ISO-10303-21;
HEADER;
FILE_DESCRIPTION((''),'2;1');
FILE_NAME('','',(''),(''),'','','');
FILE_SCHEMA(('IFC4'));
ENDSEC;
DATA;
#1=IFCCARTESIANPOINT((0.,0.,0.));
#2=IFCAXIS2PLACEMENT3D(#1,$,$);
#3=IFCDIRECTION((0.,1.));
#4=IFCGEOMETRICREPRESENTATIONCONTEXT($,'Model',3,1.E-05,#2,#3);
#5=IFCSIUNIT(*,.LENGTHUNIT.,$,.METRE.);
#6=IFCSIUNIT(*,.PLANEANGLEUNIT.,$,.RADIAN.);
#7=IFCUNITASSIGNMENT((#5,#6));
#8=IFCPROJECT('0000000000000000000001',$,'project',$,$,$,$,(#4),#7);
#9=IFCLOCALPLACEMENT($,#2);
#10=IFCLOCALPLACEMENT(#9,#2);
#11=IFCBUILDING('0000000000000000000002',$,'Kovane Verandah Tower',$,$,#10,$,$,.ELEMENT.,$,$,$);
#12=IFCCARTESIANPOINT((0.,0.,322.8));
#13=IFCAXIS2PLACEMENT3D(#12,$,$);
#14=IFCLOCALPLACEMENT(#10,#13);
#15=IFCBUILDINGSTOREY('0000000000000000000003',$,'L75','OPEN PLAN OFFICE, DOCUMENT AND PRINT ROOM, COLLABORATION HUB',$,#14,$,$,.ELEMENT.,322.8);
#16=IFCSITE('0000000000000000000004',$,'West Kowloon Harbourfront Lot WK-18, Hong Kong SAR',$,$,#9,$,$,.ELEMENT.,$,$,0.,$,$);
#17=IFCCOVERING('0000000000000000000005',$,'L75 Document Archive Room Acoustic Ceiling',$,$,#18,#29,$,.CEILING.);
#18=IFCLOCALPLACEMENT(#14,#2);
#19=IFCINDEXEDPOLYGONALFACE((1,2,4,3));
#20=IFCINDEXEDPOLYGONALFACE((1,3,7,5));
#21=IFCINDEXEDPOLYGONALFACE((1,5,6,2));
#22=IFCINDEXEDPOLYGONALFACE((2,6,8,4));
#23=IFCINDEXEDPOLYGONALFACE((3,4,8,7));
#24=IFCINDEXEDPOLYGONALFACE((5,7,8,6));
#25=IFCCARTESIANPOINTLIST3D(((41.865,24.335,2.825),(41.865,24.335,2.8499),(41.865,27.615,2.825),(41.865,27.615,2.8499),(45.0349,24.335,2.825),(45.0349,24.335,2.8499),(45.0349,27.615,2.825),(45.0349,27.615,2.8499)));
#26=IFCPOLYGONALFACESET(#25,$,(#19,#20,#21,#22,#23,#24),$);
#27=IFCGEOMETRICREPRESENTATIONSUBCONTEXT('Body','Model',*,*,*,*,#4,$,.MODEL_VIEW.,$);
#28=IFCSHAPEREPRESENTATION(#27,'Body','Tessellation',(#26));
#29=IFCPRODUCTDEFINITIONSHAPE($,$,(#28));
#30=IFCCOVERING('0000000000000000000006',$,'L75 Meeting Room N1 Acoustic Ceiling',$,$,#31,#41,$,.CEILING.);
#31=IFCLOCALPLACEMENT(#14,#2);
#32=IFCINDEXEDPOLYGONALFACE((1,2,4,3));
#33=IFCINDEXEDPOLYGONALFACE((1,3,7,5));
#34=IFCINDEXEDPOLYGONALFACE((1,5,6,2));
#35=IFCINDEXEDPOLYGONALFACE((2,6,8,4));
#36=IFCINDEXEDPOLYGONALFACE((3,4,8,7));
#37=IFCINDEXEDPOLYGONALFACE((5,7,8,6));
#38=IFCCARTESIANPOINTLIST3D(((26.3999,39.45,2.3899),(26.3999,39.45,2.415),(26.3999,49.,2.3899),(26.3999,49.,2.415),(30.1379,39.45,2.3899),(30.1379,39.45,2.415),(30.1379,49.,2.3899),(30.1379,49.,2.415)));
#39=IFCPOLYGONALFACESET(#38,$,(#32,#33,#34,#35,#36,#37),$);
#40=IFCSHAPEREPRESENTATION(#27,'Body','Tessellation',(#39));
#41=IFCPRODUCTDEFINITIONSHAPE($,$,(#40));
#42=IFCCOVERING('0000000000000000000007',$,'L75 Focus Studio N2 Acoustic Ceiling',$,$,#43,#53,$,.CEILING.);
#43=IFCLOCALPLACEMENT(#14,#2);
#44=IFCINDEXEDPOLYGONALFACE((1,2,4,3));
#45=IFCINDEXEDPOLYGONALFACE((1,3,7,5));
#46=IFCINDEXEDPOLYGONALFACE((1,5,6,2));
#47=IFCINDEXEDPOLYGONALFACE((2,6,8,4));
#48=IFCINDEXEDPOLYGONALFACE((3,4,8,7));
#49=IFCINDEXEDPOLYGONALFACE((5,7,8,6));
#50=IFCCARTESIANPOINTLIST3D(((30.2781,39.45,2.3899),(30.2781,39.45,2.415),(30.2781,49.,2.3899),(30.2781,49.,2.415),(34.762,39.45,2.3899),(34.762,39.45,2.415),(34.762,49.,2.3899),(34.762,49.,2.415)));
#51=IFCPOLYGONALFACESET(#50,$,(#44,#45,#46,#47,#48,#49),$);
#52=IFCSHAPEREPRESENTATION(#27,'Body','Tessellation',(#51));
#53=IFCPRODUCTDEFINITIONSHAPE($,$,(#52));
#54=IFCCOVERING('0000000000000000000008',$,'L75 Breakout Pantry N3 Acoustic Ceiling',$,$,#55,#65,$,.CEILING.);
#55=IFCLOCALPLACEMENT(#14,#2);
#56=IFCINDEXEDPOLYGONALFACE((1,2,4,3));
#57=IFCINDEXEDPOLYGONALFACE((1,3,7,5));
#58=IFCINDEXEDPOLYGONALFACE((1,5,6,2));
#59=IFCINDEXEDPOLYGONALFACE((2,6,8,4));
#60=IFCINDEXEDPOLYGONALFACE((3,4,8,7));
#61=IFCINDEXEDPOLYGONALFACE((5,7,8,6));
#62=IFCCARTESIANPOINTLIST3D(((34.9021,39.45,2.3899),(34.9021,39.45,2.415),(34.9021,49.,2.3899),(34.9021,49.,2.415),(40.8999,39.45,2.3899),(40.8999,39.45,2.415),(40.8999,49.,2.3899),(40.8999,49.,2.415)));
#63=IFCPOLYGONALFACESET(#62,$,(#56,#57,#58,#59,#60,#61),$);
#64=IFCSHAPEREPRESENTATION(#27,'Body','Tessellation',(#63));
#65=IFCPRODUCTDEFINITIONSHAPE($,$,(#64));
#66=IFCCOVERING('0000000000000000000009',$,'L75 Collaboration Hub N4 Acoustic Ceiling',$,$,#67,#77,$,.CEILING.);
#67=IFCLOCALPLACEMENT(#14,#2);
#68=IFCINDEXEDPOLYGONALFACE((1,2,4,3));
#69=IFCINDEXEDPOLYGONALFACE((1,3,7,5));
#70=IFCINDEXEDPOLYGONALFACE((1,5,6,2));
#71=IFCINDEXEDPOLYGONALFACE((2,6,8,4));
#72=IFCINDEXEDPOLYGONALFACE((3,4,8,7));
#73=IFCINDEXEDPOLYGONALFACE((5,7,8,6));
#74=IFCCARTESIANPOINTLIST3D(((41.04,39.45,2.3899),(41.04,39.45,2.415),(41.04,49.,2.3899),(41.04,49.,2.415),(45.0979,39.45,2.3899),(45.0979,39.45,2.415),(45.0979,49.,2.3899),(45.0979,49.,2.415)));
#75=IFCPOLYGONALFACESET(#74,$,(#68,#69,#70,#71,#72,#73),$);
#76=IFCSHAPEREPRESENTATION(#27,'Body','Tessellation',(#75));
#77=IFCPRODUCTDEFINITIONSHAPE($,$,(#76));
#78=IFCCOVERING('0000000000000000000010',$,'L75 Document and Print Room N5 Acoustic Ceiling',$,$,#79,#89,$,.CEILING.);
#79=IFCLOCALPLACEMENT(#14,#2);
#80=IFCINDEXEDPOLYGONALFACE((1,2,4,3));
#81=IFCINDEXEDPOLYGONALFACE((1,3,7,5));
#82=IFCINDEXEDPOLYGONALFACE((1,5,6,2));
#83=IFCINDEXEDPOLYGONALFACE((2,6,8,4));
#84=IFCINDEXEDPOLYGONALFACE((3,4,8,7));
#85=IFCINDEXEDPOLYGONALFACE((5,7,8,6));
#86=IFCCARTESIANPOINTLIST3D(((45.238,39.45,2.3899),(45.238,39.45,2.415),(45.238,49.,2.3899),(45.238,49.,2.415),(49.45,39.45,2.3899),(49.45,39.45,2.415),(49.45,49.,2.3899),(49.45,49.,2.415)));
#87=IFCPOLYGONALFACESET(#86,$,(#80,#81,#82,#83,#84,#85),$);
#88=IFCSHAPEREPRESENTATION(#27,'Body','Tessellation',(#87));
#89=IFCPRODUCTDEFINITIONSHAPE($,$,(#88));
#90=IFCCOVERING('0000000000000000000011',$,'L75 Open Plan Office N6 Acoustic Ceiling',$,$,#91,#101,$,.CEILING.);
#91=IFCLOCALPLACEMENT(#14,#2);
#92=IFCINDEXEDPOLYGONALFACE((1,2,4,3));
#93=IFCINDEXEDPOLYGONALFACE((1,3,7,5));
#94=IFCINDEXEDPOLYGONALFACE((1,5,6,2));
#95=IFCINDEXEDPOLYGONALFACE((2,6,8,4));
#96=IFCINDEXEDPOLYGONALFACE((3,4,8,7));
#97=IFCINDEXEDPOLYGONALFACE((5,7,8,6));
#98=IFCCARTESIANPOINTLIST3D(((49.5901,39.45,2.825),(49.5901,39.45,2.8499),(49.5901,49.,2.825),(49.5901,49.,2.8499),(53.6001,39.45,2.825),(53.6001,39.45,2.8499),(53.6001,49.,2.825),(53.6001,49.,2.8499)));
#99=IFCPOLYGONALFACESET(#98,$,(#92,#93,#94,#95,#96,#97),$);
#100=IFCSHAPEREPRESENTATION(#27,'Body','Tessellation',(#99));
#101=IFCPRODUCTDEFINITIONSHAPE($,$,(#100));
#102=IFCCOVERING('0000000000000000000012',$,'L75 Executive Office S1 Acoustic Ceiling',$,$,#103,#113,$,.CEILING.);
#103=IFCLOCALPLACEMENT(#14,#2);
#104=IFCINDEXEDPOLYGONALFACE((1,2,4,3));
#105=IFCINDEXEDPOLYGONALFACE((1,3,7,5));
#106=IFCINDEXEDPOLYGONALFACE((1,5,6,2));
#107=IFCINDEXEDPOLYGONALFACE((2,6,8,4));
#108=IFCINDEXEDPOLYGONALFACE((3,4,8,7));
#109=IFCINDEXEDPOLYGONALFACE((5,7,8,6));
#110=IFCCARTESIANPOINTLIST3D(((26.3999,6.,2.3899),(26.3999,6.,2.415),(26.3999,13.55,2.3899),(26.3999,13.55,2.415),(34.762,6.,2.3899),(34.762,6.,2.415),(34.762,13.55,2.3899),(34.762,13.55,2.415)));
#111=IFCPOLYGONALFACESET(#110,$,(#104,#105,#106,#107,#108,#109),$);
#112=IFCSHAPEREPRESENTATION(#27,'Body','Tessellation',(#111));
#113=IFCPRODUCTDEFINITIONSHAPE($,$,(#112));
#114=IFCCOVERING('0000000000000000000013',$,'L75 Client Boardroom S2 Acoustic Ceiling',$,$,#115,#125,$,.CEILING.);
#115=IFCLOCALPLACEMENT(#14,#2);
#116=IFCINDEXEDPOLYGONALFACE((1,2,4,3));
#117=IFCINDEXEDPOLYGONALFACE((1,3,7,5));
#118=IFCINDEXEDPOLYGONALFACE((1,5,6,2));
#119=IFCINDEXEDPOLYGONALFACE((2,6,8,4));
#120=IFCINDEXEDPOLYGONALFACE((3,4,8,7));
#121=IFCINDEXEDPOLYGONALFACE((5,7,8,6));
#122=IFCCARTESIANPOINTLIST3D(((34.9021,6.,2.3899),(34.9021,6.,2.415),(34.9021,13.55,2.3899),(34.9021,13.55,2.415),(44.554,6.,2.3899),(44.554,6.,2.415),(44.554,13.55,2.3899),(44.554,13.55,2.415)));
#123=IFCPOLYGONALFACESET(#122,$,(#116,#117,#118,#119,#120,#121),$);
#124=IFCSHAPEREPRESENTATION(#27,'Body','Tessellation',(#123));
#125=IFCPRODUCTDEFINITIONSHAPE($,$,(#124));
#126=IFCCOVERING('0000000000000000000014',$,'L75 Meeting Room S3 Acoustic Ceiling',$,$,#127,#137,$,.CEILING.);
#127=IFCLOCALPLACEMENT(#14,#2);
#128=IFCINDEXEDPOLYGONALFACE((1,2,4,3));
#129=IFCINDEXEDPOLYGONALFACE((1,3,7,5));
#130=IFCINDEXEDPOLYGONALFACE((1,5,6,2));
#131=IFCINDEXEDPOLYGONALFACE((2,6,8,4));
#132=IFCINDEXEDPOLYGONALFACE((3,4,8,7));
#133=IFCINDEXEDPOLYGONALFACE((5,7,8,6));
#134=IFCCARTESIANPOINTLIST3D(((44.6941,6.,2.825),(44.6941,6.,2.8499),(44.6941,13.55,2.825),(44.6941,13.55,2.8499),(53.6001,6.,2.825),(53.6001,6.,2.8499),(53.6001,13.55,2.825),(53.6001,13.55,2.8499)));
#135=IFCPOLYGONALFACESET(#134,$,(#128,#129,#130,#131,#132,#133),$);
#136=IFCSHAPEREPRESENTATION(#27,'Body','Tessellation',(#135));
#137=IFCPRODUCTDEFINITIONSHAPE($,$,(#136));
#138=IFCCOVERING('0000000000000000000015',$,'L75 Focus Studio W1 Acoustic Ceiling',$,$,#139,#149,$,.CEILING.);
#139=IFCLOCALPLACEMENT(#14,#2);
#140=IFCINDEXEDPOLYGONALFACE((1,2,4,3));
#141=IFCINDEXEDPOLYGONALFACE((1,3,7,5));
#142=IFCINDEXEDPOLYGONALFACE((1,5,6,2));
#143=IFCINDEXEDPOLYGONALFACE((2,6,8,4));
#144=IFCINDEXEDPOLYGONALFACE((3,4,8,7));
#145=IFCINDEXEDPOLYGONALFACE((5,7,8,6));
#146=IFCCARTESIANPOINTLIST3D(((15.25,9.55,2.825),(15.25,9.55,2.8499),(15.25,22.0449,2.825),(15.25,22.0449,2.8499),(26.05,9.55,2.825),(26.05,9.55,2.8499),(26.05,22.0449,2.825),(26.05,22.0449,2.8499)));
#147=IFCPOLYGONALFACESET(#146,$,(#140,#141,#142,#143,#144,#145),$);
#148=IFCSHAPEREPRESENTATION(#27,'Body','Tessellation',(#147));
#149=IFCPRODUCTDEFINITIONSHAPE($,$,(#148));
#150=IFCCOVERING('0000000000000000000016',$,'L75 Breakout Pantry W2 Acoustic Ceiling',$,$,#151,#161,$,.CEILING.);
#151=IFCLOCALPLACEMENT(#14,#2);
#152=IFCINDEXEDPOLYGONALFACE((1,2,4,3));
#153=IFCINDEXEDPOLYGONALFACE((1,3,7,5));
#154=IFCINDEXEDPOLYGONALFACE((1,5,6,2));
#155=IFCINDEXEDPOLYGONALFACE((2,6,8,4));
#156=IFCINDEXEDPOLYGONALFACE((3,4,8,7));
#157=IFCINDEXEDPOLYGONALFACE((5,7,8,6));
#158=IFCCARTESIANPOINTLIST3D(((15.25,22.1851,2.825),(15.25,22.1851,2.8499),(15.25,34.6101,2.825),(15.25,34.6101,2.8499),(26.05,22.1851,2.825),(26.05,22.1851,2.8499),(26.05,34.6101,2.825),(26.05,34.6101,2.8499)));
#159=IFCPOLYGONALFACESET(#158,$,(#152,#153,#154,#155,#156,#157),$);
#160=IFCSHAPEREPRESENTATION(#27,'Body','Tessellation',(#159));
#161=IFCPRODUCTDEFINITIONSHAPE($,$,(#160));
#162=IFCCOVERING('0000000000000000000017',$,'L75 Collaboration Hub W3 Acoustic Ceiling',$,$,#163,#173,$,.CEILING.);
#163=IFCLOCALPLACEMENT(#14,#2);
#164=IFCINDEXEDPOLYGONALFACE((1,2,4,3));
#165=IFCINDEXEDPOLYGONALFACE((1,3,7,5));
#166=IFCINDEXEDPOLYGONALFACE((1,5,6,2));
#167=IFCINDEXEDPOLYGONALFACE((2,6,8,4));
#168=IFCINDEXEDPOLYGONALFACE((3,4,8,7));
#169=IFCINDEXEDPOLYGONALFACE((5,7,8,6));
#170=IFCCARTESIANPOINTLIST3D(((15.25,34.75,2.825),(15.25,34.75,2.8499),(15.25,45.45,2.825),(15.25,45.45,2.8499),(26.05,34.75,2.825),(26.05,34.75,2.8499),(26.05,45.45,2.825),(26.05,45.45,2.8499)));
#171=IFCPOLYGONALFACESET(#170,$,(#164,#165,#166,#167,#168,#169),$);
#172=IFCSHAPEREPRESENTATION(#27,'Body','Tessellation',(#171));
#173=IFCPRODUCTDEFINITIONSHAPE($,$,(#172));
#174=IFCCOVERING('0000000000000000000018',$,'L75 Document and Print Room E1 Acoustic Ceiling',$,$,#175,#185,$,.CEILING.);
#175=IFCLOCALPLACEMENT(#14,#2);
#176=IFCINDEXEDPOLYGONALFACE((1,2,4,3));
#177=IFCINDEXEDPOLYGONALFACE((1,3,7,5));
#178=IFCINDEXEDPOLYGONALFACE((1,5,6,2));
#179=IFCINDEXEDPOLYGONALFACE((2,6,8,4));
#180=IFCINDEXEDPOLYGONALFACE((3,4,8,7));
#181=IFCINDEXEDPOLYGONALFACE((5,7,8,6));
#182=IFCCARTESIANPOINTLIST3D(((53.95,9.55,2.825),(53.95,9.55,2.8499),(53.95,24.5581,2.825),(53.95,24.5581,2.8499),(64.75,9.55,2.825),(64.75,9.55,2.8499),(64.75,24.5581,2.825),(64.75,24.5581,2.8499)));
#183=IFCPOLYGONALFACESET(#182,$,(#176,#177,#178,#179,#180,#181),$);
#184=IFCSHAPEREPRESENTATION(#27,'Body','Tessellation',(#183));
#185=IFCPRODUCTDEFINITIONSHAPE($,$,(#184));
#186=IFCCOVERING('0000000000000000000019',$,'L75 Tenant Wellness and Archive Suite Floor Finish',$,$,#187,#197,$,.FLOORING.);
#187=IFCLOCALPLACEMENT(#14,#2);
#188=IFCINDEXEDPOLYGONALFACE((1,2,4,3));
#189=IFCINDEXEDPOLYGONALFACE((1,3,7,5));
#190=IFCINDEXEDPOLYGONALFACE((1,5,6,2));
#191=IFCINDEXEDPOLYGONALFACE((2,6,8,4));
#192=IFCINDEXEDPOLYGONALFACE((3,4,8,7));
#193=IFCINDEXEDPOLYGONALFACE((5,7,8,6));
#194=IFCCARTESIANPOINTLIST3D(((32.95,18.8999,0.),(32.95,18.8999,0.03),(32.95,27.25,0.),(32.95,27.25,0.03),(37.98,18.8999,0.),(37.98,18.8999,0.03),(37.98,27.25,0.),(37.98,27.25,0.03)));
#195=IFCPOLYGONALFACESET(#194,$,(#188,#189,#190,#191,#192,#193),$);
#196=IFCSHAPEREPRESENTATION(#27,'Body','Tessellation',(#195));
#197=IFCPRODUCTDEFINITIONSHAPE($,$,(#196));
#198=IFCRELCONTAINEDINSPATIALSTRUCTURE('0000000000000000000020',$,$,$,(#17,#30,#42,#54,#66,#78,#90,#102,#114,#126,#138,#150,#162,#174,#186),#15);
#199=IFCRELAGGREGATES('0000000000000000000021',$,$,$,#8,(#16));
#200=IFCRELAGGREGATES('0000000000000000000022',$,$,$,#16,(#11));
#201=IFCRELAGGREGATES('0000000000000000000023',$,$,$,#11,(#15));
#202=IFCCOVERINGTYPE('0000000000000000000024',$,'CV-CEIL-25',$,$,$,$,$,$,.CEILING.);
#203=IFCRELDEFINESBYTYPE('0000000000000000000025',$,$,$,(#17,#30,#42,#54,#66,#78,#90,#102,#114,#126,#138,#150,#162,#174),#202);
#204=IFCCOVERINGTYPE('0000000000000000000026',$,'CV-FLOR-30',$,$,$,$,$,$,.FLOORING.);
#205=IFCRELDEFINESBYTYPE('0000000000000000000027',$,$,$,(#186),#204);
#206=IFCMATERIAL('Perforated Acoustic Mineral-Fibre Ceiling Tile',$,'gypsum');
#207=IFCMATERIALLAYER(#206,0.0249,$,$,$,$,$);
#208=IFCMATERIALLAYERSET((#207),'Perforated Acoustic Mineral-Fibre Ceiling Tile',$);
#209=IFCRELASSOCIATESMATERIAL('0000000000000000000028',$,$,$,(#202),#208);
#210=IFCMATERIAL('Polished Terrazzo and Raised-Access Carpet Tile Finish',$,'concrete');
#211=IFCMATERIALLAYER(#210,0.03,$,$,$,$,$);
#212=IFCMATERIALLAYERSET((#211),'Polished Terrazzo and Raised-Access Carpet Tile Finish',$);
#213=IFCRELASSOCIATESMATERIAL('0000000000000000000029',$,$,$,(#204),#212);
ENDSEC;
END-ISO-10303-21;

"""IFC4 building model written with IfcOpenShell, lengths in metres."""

from ifc_helpers import new_model, si_unit, direction, frame, origin, place, context, subcontext, project, spatial, polyline, outline, extrude, material, layer, layer_set, type_object, element, save


model = new_model("IFC4")

# Units and contexts
model_context = context("Model", 3, precision=1e-05, world=origin(), true_north=direction((0.0, 1.0)))
body_context = subcontext(model_context, "Body", "Model", "MODEL_VIEW")
ifc_project = project(units=[si_unit("LENGTHUNIT", "METRE"), si_unit("PLANEANGLEUNIT", "RADIAN")], contexts=[model_context])

# Site, building, storey
site_placement = place(None, origin())
site = spatial("IfcSite", under=ifc_project, at=site_placement, Name="West Kowloon Harbourfront Lot WK-18, Hong Kong SAR", CompositionType="ELEMENT", RefElevation=0.0)
building_placement = place(site_placement, origin())
building = spatial("IfcBuilding", under=site, at=building_placement, Name="Kovane Verandah Tower", CompositionType="ELEMENT")
storey_placement = place(building_placement, frame((0.0, 0.0, 322.8)))
storey = spatial("IfcBuildingStorey", under=building, at=storey_placement, Name="L75", Description="OPEN PLAN OFFICE, DOCUMENT AND PRINT ROOM, COLLABORATION HUB", CompositionType="ELEMENT", Elevation=322.8)

# Coverings
ifc_material_1 = material(Name="Perforated Acoustic Mineral-Fibre Ceiling Tile", Category="gypsum")
ifc_layer_1 = layer(ifc_material_1, 0.0249)
ifc_layer_set_1 = layer_set([ifc_layer_1], Name="Perforated Acoustic Mineral-Fibre Ceiling Tile")
covering_type_1 = type_object("IfcCoveringType", Name="CV-CEIL-25", PredefinedType="CEILING", material=ifc_layer_set_1)
covering_1_placement = place(storey_placement, frame((0.0, 0.0, 2.825)))
element("IfcCovering", 1, at=covering_1_placement, inside=storey, type_object=covering_type_1, Name="L75 Document Archive Room Acoustic Ceiling", PredefinedType="CEILING", context=body_context, shape_type="SweptSolid", body=[
    extrude(outline(polyline([(41.865, 24.335), (45.0349, 24.335), (45.0349, 27.615), (41.865, 27.615), (41.865, 24.335)])), origin(), (0.0, 0.0, 1.0), 0.0249),
])
covering_2_placement = place(storey_placement, frame((0.0, 0.0, 2.3899)))
element("IfcCovering", 2, at=covering_2_placement, inside=storey, type_object=covering_type_1, Name="L75 Meeting Room N1 Acoustic Ceiling", PredefinedType="CEILING", context=body_context, shape_type="SweptSolid", body=[
    extrude(outline(polyline([(26.3999, 39.45), (30.1379, 39.45), (30.1379, 49.0), (26.3999, 49.0), (26.3999, 39.45)])), origin(), (0.0, 0.0, 1.0), 0.0251),
])
covering_3_placement = place(storey_placement, frame((0.0, 0.0, 2.3899)))
element("IfcCovering", 3, at=covering_3_placement, inside=storey, type_object=covering_type_1, Name="L75 Focus Studio N2 Acoustic Ceiling", PredefinedType="CEILING", context=body_context, shape_type="SweptSolid", body=[
    extrude(outline(polyline([(30.2781, 39.45), (34.762, 39.45), (34.762, 49.0), (30.2781, 49.0), (30.2781, 39.45)])), origin(), (0.0, 0.0, 1.0), 0.0251),
])
covering_4_placement = place(storey_placement, frame((0.0, 0.0, 2.3899)))
element("IfcCovering", 4, at=covering_4_placement, inside=storey, type_object=covering_type_1, Name="L75 Breakout Pantry N3 Acoustic Ceiling", PredefinedType="CEILING", context=body_context, shape_type="SweptSolid", body=[
    extrude(outline(polyline([(34.9021, 39.45), (40.8999, 39.45), (40.8999, 49.0), (34.9021, 49.0), (34.9021, 39.45)])), origin(), (0.0, 0.0, 1.0), 0.0251),
])
covering_5_placement = place(storey_placement, frame((0.0, 0.0, 2.3899)))
element("IfcCovering", 5, at=covering_5_placement, inside=storey, type_object=covering_type_1, Name="L75 Collaboration Hub N4 Acoustic Ceiling", PredefinedType="CEILING", context=body_context, shape_type="SweptSolid", body=[
    extrude(outline(polyline([(41.04, 39.45), (45.0979, 39.45), (45.0979, 49.0), (41.04, 49.0), (41.04, 39.45)])), origin(), (0.0, 0.0, 1.0), 0.0251),
])
covering_6_placement = place(storey_placement, frame((0.0, 0.0, 2.3899)))
element("IfcCovering", 6, at=covering_6_placement, inside=storey, type_object=covering_type_1, Name="L75 Document and Print Room N5 Acoustic Ceiling", PredefinedType="CEILING", context=body_context, shape_type="SweptSolid", body=[
    extrude(outline(polyline([(45.238, 39.45), (49.45, 39.45), (49.45, 49.0), (45.238, 49.0), (45.238, 39.45)])), origin(), (0.0, 0.0, 1.0), 0.0251),
])
covering_7_placement = place(storey_placement, frame((0.0, 0.0, 2.825)))
element("IfcCovering", 7, at=covering_7_placement, inside=storey, type_object=covering_type_1, Name="L75 Open Plan Office N6 Acoustic Ceiling", PredefinedType="CEILING", context=body_context, shape_type="SweptSolid", body=[
    extrude(outline(polyline([(49.5901, 39.45), (53.6001, 39.45), (53.6001, 49.0), (49.5901, 49.0), (49.5901, 39.45)])), origin(), (0.0, 0.0, 1.0), 0.0249),
])
covering_8_placement = place(storey_placement, frame((0.0, 0.0, 2.3899)))
element("IfcCovering", 8, at=covering_8_placement, inside=storey, type_object=covering_type_1, Name="L75 Executive Office S1 Acoustic Ceiling", PredefinedType="CEILING", context=body_context, shape_type="SweptSolid", body=[
    extrude(outline(polyline([(26.3999, 6.0), (34.762, 6.0), (34.762, 13.55), (26.3999, 13.55), (26.3999, 6.0)])), origin(), (0.0, 0.0, 1.0), 0.0251),
])
covering_9_placement = place(storey_placement, frame((0.0, 0.0, 2.3899)))
element("IfcCovering", 9, at=covering_9_placement, inside=storey, type_object=covering_type_1, Name="L75 Client Boardroom S2 Acoustic Ceiling", PredefinedType="CEILING", context=body_context, shape_type="SweptSolid", body=[
    extrude(outline(polyline([(34.9021, 6.0), (44.554, 6.0), (44.554, 13.55), (34.9021, 13.55), (34.9021, 6.0)])), origin(), (0.0, 0.0, 1.0), 0.0251),
])
covering_10_placement = place(storey_placement, frame((0.0, 0.0, 2.825)))
element("IfcCovering", 10, at=covering_10_placement, inside=storey, type_object=covering_type_1, Name="L75 Meeting Room S3 Acoustic Ceiling", PredefinedType="CEILING", context=body_context, shape_type="SweptSolid", body=[
    extrude(outline(polyline([(44.6941, 6.0), (53.6001, 6.0), (53.6001, 13.55), (44.6941, 13.55), (44.6941, 6.0)])), origin(), (0.0, 0.0, 1.0), 0.0249),
])
covering_11_placement = place(storey_placement, frame((0.0, 0.0, 2.825)))
element("IfcCovering", 11, at=covering_11_placement, inside=storey, type_object=covering_type_1, Name="L75 Focus Studio W1 Acoustic Ceiling", PredefinedType="CEILING", context=body_context, shape_type="SweptSolid", body=[
    extrude(outline(polyline([(15.25, 9.55), (26.05, 9.55), (26.05, 22.0449), (15.25, 22.0449), (15.25, 9.55)])), origin(), (0.0, 0.0, 1.0), 0.0249),
])
covering_12_placement = place(storey_placement, frame((0.0, 0.0, 2.825)))
element("IfcCovering", 12, at=covering_12_placement, inside=storey, type_object=covering_type_1, Name="L75 Breakout Pantry W2 Acoustic Ceiling", PredefinedType="CEILING", context=body_context, shape_type="SweptSolid", body=[
    extrude(outline(polyline([(15.25, 22.1851), (26.05, 22.1851), (26.05, 34.6101), (15.25, 34.6101), (15.25, 22.1851)])), origin(), (0.0, 0.0, 1.0), 0.0249),
])
covering_13_placement = place(storey_placement, frame((0.0, 0.0, 2.825)))
element("IfcCovering", 13, at=covering_13_placement, inside=storey, type_object=covering_type_1, Name="L75 Collaboration Hub W3 Acoustic Ceiling", PredefinedType="CEILING", context=body_context, shape_type="SweptSolid", body=[
    extrude(outline(polyline([(15.25, 34.75), (26.05, 34.75), (26.05, 45.45), (15.25, 45.45), (15.25, 34.75)])), origin(), (0.0, 0.0, 1.0), 0.0249),
])
covering_14_placement = place(storey_placement, frame((0.0, 0.0, 2.825)))
element("IfcCovering", 14, at=covering_14_placement, inside=storey, type_object=covering_type_1, Name="L75 Document and Print Room E1 Acoustic Ceiling", PredefinedType="CEILING", context=body_context, shape_type="SweptSolid", body=[
    extrude(outline(polyline([(53.95, 9.55), (64.75, 9.55), (64.75, 24.5581), (53.95, 24.5581), (53.95, 9.55)])), origin(), (0.0, 0.0, 1.0), 0.0249),
])
ifc_material_2 = material(Name="Polished Terrazzo and Raised-Access Carpet Tile Finish", Category="concrete")
ifc_layer_2 = layer(ifc_material_2, 0.03)
ifc_layer_set_2 = layer_set([ifc_layer_2], Name="Polished Terrazzo and Raised-Access Carpet Tile Finish")
covering_type_2 = type_object("IfcCoveringType", Name="CV-FLOR-30", PredefinedType="FLOORING", material=ifc_layer_set_2)
covering_15_placement = place(storey_placement, origin())
element("IfcCovering", 15, at=covering_15_placement, inside=storey, type_object=covering_type_2, Name="L75 Tenant Wellness and Archive Suite Floor Finish", PredefinedType="FLOORING", context=body_context, shape_type="SweptSolid", body=[
    extrude(outline(polyline([(32.95, 18.8999), (37.98, 18.8999), (37.98, 27.25), (32.95, 27.25), (32.95, 18.8999)])), origin(), (0.0, 0.0, 1.0), 0.03),
])

save(model, "model.ifc")
